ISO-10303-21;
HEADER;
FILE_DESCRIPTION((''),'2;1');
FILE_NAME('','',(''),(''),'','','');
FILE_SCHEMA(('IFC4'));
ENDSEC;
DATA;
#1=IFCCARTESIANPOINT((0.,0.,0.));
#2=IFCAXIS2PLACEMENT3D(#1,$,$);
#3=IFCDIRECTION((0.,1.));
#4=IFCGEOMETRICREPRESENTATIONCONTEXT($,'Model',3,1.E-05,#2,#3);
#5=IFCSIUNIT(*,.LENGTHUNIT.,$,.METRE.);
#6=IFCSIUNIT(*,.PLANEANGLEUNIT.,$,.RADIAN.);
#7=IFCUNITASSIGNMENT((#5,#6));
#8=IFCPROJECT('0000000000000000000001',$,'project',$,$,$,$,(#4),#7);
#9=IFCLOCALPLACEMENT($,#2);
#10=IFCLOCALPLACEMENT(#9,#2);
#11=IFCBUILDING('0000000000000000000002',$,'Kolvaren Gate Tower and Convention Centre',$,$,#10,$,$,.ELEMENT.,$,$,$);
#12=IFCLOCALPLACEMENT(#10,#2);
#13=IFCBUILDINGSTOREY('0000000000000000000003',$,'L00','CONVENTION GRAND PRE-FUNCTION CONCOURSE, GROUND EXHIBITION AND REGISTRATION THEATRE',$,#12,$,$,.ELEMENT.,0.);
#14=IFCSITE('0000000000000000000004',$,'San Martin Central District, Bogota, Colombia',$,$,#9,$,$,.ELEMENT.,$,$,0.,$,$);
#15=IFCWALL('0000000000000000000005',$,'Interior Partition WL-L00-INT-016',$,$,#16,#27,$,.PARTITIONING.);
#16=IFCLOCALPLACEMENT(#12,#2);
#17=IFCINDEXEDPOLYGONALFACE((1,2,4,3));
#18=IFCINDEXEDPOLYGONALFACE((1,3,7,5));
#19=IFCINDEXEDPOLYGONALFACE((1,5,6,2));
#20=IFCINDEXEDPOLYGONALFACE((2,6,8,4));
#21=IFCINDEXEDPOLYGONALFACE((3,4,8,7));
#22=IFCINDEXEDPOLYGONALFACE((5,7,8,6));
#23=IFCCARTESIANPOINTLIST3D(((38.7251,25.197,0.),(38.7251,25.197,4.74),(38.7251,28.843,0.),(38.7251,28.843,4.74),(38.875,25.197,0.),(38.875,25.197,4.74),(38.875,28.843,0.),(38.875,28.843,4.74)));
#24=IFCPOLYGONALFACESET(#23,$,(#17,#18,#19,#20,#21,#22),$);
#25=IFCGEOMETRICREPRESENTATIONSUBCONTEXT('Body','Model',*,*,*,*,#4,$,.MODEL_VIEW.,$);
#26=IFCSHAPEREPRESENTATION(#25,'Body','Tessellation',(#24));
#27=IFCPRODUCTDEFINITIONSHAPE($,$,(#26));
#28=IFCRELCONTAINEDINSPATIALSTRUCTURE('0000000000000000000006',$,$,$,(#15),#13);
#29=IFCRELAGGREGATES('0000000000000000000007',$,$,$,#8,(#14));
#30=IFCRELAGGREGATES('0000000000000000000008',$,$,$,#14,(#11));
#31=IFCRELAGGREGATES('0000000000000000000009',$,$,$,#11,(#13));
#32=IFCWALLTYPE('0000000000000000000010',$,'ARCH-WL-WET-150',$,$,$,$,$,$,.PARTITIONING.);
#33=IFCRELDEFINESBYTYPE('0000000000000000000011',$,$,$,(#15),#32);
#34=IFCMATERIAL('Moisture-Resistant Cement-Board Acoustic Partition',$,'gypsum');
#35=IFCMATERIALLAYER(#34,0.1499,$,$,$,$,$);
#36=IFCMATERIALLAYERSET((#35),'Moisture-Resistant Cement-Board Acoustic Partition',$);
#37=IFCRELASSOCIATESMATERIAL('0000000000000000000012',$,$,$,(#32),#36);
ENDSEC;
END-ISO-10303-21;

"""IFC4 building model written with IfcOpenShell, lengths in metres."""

from ifc_helpers import new_model, si_unit, direction, frame, frame_2d, origin, place, context, subcontext, project, spatial, rectangle, extrude, material, layer, layer_set, type_object, element, save


model = new_model("IFC4")

# Units and contexts
model_context = context("Model", 3, precision=1e-05, world=origin(), true_north=direction((0.0, 1.0)))
body_context = subcontext(model_context, "Body", "Model", "MODEL_VIEW")
ifc_project = project(units=[si_unit("LENGTHUNIT", "METRE"), si_unit("PLANEANGLEUNIT", "RADIAN")], contexts=[model_context])

# Site, building, storey
site_placement = place(None, origin())
site = spatial("IfcSite", under=ifc_project, at=site_placement, Name="San Martin Central District, Bogota, Colombia", CompositionType="ELEMENT", RefElevation=0.0)
building_placement = place(site_placement, origin())
building = spatial("IfcBuilding", under=site, at=building_placement, Name="Kolvaren Gate Tower and Convention Centre", CompositionType="ELEMENT")
storey_placement = place(building_placement, origin())
storey = spatial("IfcBuildingStorey", under=building, at=storey_placement, Name="L00", Description="CONVENTION GRAND PRE-FUNCTION CONCOURSE, GROUND EXHIBITION AND REGISTRATION THEATRE", CompositionType="ELEMENT", Elevation=0.0)

# Wall
ifc_material_1 = material(Name="Moisture-Resistant Cement-Board Acoustic Partition", Category="gypsum")
ifc_layer_1 = layer(ifc_material_1, 0.1499)
ifc_layer_set_1 = layer_set([ifc_layer_1], Name="Moisture-Resistant Cement-Board Acoustic Partition")
wall_type_1 = type_object("IfcWallType", Name="ARCH-WL-WET-150", PredefinedType="PARTITIONING", material=ifc_layer_set_1)
wall_1_placement = place(storey_placement, frame((38.8, 25.197, 0.0), z_axis=(0.0, 0.0, 1.0), x_axis=(0.0, 1.0, 0.0)))
element("IfcWall", 1, at=wall_1_placement, inside=storey, type_object=wall_type_1, Name="Interior Partition WL-L00-INT-016", PredefinedType="PARTITIONING", context=body_context, shape_type="SweptSolid", body=[
    extrude(rectangle(XDim=3.646, YDim=0.1499, at=frame_2d((1.823, 0.0))), origin(), (0.0, 0.0, 1.0), 4.74),
])

save(model, "model.ifc")
